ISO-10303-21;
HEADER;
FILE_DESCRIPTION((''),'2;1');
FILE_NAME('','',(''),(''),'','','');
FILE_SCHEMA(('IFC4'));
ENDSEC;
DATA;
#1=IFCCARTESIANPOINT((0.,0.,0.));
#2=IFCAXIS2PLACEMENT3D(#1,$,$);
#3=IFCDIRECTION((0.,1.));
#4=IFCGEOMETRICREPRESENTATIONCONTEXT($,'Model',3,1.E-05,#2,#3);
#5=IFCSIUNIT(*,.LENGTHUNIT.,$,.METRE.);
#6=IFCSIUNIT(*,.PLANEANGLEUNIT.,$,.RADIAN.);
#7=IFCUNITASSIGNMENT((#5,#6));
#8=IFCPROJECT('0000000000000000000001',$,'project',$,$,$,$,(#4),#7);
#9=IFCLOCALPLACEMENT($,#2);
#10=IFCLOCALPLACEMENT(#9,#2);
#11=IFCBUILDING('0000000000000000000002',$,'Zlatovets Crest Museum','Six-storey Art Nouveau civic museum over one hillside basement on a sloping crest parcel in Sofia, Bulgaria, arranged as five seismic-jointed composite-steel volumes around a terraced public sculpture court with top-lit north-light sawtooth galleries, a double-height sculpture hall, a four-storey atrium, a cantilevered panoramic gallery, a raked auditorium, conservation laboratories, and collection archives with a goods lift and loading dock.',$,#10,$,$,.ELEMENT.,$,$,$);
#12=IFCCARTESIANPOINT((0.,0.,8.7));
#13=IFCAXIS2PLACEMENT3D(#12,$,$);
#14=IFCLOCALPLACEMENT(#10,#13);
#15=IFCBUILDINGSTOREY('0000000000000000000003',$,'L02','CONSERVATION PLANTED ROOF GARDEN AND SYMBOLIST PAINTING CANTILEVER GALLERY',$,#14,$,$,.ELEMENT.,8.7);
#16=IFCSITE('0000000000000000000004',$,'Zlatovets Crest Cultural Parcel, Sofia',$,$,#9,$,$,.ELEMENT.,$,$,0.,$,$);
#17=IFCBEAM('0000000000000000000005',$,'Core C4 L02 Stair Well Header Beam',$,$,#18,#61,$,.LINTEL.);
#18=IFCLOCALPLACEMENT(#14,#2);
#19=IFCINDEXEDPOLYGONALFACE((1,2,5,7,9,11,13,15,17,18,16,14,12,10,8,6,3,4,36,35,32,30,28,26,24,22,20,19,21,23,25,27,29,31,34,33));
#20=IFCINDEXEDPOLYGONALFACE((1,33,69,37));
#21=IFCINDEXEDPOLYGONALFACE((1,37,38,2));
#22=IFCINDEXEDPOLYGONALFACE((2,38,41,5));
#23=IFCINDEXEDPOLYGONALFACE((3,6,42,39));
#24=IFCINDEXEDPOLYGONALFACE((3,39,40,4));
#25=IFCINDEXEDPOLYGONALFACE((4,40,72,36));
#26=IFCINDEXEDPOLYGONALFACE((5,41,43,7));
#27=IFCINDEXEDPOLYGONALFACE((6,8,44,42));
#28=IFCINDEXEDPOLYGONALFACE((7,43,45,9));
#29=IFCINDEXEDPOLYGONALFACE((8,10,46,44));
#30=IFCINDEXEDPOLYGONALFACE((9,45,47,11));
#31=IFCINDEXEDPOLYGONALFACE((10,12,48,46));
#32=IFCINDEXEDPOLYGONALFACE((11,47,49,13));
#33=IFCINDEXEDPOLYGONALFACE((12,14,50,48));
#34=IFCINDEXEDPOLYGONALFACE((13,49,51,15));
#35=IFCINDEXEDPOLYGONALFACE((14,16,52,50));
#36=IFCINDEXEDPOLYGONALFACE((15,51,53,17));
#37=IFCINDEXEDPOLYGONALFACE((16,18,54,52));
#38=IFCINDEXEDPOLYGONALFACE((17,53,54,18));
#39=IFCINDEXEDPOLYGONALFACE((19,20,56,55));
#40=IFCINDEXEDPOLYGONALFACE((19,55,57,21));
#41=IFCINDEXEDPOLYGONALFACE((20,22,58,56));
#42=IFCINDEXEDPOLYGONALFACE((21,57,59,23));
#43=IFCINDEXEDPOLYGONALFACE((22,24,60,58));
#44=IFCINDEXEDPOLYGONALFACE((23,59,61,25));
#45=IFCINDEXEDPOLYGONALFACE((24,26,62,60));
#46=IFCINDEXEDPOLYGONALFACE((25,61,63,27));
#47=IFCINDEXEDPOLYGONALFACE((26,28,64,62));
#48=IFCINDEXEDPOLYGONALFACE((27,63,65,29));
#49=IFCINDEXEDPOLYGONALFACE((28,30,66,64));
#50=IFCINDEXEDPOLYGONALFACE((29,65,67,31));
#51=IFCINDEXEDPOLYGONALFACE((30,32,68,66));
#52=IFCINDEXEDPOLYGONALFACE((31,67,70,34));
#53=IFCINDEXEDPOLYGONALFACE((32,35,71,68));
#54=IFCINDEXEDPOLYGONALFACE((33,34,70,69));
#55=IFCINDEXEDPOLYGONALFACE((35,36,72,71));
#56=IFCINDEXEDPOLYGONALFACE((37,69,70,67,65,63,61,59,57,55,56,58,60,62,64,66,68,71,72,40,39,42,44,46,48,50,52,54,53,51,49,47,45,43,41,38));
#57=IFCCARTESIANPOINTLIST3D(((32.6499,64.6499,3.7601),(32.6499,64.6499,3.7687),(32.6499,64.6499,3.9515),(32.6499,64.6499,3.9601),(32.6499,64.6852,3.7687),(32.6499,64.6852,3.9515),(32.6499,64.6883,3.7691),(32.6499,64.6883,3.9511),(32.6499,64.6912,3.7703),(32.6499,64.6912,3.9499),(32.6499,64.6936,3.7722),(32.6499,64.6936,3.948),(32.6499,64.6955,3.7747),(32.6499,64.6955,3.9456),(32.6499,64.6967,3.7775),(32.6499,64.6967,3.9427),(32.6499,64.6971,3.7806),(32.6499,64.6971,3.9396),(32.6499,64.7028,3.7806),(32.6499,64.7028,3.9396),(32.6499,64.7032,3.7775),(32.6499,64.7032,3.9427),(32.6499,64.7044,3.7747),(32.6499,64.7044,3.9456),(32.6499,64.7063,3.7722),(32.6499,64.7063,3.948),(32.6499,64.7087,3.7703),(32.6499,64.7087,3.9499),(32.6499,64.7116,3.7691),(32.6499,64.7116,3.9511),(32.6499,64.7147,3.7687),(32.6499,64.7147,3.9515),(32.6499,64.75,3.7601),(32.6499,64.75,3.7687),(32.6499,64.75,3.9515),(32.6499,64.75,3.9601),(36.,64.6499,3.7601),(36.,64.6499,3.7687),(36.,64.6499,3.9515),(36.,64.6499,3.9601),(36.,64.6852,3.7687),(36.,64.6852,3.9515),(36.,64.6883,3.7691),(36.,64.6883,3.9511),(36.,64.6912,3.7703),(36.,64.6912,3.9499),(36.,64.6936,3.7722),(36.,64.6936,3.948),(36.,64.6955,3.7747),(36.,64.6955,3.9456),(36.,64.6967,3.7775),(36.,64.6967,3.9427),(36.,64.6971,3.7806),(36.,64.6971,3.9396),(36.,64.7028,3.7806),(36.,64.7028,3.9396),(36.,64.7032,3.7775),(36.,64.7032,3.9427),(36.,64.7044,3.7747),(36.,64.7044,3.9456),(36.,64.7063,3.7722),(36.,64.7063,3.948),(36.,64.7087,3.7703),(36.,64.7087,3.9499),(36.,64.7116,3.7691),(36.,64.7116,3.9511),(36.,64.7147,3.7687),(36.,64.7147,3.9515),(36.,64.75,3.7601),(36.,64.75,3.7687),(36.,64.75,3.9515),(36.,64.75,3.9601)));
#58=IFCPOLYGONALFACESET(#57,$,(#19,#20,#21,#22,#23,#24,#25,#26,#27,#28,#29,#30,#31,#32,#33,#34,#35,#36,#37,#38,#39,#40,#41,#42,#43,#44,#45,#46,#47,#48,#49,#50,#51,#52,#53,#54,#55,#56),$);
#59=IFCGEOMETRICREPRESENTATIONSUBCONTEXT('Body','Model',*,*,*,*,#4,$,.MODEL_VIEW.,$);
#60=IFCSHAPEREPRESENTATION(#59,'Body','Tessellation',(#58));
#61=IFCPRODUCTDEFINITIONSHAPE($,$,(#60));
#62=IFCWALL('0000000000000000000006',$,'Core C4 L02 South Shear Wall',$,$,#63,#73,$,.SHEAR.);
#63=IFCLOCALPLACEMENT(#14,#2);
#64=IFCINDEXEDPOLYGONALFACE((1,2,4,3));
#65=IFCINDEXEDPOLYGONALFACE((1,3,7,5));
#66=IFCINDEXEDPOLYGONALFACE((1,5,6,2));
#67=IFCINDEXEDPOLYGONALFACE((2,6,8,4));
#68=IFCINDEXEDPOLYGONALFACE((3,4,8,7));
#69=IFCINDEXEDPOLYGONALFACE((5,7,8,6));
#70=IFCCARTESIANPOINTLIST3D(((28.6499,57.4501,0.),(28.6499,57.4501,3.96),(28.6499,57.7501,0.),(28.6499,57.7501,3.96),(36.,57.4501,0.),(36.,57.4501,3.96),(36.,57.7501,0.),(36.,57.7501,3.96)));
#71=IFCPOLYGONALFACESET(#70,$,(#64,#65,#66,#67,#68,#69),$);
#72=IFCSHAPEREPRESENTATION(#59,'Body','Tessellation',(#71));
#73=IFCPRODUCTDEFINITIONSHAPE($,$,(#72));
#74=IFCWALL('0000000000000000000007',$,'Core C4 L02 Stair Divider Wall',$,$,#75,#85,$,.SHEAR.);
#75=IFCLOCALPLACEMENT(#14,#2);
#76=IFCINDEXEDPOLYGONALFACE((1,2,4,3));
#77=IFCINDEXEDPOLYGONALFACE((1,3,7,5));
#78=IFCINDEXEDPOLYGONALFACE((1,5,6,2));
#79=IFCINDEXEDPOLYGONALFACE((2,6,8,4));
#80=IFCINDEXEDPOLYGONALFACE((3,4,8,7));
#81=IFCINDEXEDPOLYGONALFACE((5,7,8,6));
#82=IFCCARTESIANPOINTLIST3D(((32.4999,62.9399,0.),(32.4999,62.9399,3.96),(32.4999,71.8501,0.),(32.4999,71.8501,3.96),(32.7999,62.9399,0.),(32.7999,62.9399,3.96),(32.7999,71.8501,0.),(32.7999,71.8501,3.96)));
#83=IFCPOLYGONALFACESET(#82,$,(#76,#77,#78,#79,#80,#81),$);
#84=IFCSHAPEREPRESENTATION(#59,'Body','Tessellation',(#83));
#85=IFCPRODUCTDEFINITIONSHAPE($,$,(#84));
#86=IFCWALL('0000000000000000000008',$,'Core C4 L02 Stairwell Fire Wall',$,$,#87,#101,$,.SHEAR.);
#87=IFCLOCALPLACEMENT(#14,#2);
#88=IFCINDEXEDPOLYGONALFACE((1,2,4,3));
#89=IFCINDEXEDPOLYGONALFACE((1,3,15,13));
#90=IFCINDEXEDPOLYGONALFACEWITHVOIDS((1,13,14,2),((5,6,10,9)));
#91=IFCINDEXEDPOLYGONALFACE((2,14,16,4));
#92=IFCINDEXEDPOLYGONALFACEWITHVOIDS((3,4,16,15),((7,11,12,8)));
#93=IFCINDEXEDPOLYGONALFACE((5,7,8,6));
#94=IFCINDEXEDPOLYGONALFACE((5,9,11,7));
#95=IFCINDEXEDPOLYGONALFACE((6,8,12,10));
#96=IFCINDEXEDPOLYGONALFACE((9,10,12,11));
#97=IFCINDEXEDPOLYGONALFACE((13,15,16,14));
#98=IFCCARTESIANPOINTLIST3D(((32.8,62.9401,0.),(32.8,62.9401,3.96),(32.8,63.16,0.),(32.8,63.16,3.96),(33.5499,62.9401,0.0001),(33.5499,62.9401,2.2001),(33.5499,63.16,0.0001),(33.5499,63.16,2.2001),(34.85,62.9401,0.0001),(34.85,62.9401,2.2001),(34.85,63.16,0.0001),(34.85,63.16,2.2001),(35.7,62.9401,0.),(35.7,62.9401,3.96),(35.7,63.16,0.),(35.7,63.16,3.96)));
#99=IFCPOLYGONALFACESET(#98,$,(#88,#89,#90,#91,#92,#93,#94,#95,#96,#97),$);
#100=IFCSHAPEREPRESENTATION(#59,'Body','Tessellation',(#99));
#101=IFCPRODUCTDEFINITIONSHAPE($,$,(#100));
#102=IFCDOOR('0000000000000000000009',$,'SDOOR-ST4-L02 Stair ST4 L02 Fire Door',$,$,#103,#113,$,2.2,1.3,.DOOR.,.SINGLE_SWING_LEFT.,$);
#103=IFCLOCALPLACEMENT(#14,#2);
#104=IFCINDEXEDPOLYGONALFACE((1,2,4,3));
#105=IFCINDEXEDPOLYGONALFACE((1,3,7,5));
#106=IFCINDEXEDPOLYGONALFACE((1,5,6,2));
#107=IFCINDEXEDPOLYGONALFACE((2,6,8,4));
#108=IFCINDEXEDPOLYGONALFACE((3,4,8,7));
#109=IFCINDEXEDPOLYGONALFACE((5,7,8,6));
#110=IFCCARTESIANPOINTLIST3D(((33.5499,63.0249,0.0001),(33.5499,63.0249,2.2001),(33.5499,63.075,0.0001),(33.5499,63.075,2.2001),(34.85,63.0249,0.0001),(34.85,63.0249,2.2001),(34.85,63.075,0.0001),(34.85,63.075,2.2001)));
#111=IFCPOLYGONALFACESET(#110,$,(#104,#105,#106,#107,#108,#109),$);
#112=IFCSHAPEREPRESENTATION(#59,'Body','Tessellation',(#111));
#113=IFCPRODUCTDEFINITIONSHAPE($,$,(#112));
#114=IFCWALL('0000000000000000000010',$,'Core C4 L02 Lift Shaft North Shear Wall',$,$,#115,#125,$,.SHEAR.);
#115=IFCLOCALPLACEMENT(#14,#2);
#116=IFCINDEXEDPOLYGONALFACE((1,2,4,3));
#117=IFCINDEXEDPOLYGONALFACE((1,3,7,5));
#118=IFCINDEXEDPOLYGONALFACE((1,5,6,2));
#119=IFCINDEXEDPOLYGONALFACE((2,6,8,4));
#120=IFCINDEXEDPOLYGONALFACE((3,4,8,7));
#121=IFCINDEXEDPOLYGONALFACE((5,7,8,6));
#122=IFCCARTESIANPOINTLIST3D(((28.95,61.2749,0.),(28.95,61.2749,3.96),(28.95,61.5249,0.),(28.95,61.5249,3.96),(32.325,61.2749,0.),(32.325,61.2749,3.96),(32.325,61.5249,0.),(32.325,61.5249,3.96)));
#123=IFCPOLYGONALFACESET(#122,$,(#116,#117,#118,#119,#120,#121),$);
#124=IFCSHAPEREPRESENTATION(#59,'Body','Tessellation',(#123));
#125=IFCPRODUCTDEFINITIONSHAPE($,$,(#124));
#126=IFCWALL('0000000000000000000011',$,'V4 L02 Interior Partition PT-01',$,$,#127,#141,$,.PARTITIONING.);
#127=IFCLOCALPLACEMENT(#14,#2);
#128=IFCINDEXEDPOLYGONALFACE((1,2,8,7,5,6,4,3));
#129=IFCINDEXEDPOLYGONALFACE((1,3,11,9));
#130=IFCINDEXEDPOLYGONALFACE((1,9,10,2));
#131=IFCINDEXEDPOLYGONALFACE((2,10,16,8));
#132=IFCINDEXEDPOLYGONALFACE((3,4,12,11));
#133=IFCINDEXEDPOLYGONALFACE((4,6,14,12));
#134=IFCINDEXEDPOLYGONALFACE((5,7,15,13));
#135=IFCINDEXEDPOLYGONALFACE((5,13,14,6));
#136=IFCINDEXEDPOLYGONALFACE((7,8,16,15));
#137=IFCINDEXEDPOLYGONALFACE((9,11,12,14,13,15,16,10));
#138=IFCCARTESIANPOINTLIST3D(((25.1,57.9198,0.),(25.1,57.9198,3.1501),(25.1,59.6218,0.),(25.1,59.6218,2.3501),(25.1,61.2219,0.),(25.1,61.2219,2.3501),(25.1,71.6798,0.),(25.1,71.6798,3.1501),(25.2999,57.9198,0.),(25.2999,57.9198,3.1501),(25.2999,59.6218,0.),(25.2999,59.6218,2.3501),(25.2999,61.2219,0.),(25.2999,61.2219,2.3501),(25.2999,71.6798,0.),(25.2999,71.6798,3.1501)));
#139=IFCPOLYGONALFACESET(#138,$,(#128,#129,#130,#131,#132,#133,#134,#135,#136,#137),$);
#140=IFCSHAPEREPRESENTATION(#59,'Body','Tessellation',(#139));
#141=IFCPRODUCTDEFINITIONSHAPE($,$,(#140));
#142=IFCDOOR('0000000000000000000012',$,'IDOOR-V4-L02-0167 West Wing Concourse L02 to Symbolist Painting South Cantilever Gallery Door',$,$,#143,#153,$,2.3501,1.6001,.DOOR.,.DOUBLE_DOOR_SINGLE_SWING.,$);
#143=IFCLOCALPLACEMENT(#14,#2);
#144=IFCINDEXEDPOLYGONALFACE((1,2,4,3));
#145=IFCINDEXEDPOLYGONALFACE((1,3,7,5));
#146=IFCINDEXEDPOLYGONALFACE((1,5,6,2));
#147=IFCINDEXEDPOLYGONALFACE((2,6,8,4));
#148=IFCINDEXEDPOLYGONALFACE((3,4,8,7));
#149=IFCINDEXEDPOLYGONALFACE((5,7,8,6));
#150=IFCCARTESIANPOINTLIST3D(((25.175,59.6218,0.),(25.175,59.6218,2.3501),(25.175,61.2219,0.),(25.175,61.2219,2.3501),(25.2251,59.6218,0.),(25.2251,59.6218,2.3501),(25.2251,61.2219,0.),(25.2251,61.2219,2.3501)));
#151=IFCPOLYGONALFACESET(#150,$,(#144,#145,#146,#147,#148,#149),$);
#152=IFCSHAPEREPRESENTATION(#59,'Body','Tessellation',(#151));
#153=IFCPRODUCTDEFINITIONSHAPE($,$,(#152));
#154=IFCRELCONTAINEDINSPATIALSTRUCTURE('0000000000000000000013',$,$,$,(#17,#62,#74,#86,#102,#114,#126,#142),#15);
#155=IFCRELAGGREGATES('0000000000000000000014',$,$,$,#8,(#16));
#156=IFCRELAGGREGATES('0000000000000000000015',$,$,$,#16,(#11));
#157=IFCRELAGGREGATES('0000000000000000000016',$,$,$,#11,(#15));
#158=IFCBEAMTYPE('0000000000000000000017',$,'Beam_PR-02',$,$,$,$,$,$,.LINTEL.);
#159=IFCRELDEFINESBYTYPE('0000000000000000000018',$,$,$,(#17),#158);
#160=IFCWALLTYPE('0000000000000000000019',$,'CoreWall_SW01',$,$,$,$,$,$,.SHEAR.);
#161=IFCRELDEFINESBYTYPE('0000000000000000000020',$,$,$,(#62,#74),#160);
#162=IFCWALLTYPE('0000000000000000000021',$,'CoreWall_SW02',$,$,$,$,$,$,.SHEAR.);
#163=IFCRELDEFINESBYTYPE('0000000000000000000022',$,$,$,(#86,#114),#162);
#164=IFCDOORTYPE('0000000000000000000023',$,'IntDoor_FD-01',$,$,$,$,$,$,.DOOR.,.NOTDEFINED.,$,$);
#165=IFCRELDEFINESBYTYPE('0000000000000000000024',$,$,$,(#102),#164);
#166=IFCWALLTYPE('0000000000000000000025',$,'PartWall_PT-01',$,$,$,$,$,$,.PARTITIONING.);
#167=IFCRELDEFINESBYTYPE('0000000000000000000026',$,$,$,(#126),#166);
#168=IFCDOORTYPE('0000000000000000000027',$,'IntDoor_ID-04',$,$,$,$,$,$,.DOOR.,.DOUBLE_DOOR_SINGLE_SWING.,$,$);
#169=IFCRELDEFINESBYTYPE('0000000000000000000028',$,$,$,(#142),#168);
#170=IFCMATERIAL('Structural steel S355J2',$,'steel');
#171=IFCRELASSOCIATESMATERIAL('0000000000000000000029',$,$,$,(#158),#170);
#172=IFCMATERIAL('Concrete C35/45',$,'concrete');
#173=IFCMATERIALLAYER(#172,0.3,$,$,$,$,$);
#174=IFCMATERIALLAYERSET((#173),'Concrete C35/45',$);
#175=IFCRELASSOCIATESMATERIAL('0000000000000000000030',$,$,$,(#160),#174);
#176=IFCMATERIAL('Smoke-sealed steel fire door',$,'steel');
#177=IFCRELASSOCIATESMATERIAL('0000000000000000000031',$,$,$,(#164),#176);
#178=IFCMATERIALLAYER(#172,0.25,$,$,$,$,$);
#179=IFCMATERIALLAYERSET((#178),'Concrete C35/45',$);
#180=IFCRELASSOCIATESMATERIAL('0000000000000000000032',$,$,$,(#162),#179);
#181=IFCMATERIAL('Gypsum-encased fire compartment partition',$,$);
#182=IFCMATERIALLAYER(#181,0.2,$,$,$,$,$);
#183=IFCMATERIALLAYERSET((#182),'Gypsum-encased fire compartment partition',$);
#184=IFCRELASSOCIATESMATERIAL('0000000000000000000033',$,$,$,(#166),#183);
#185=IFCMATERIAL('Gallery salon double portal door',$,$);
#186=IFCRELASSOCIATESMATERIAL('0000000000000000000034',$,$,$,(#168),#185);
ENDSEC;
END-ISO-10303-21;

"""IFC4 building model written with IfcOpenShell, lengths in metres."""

from ifc_helpers import new_model, si_unit, direction, frame, frame_2d, origin, origin_2d, place, context, subcontext, project, spatial, rectangle, i_section, extrude, material, layer, layer_set, material_profile, profile_set, type_object, element, fill, save


model = new_model("IFC4")

# Units and contexts
model_context = context("Model", 3, precision=1e-05, world=origin(), true_north=direction((0.0, 1.0)))
body_context = subcontext(model_context, "Body", "Model", "MODEL_VIEW")
ifc_project = project(units=[si_unit("LENGTHUNIT", "METRE"), si_unit("PLANEANGLEUNIT", "RADIAN")], contexts=[model_context])

# Site, building, storey
site_placement = place(None, origin())
site = spatial("IfcSite", under=ifc_project, at=site_placement, Name="Zlatovets Crest Cultural Parcel, Sofia", CompositionType="ELEMENT", RefElevation=0.0)
building_placement = place(site_placement, origin())
building = spatial("IfcBuilding", under=site, at=building_placement, Name="Zlatovets Crest Museum", Description="Six-storey Art Nouveau civic museum over one hillside basement on a sloping crest parcel in Sofia, Bulgaria, arranged as five seismic-jointed composite-steel volumes around a terraced public sculpture court with top-lit north-light sawtooth galleries, a double-height sculpture hall, a four-storey atrium, a cantilevered panoramic gallery, a raked auditorium, conservation laboratories, and collection archives with a goods lift and loading dock.", CompositionType="ELEMENT")
storey_placement = place(building_placement, frame((0.0, 0.0, 8.7)))
storey = spatial("IfcBuildingStorey", under=building, at=storey_placement, Name="L02", Description="CONSERVATION PLANTED ROOF GARDEN AND SYMBOLIST PAINTING CANTILEVER GALLERY", CompositionType="ELEMENT", Elevation=8.7)

# Shared definitions
ifc_material_1 = material(Name="Structural steel S355J2", Category="steel")

# Beam
ifc_material_profile_1 = material_profile(ifc_material_1, i_section(OverallWidth=0.1001, OverallDepth=0.2, WebThickness=0.0056, FlangeThickness=0.0085, FilletRadius=0.012, at=origin_2d()), Name="IPE 200")
ifc_profile_set_1 = profile_set([ifc_material_profile_1], Name="Structural steel S355J2")
beam_type_1 = type_object("IfcBeamType", Name="Beam_PR-02", PredefinedType="LINTEL", material=ifc_profile_set_1)
beam_1_placement = place(storey_placement, frame((32.6499, 64.7, 3.8601), z_axis=(1.0, 0.0, 0.0), x_axis=(0.0, 1.0, 0.0)))
element("IfcBeam", 1, at=beam_1_placement, inside=storey, type_object=beam_type_1, Name="Core C4 L02 Stair Well Header Beam", PredefinedType="LINTEL", context=body_context, shape_type="SweptSolid", body=[
    extrude(i_section(OverallWidth=0.1001, OverallDepth=0.2, WebThickness=0.0056, FlangeThickness=0.0085, FilletRadius=0.012, at=origin_2d()), origin(), (0.0, 0.0, 1.0), 3.3501),
])

# Wall
ifc_material_2 = material(Name="Concrete C35/45", Category="concrete")
ifc_layer_1 = layer(ifc_material_2, 0.3)
ifc_layer_set_1 = layer_set([ifc_layer_1], Name="Concrete C35/45")
wall_type_1 = type_object("IfcWallType", Name="CoreWall_SW01", PredefinedType="SHEAR", material=ifc_layer_set_1)
wall_1_placement = place(storey_placement, frame((28.6499, 57.6001, 0.0), z_axis=(0.0, 0.0, 1.0), x_axis=(1.0, 0.0, 0.0)))
element("IfcWall", 2, at=wall_1_placement, inside=storey, type_object=wall_type_1, Name="Core C4 L02 South Shear Wall", PredefinedType="SHEAR", context=body_context, shape_type="SweptSolid", body=[
    extrude(rectangle(XDim=7.3501, YDim=0.3, at=frame_2d((3.675, 0.0))), origin(), (0.0, 0.0, 1.0), 3.96),
])

# Shared definitions
ifc_material_3 = material(Name="Smoke-sealed steel fire door", Category="steel")
door_type_1 = type_object("IfcDoorType", Name="IntDoor_FD-01", OperationType="NOTDEFINED", PredefinedType="DOOR", material=ifc_material_3)

# Wall
wall_2_placement = place(storey_placement, frame((32.6499, 62.9399, 0.0), z_axis=(0.0, 0.0, 1.0), x_axis=(0.0, 1.0, 0.0)))
element("IfcWall", 3, at=wall_2_placement, inside=storey, type_object=wall_type_1, Name="Core C4 L02 Stair Divider Wall", PredefinedType="SHEAR", context=body_context, shape_type="SweptSolid", body=[
    extrude(rectangle(XDim=8.9102, YDim=0.3, at=frame_2d((4.4551, 0.0))), origin(), (0.0, 0.0, 1.0), 3.96),
])

# Wall, opening, door
ifc_layer_2 = layer(ifc_material_2, 0.25)
ifc_layer_set_2 = layer_set([ifc_layer_2], Name="Concrete C35/45")
wall_type_2 = type_object("IfcWallType", Name="CoreWall_SW02", PredefinedType="SHEAR", material=ifc_layer_set_2)
wall_3_placement = place(storey_placement, frame((32.8, 63.05, 0.0), z_axis=(0.0, 0.0, 1.0), x_axis=(1.0, 0.0, 0.0)))
wall_3 = element("IfcWall", 4, at=wall_3_placement, inside=storey, type_object=wall_type_2, Name="Core C4 L02 Stairwell Fire Wall", PredefinedType="SHEAR", context=body_context, shape_type="SweptSolid", body=[
    extrude(rectangle(XDim=2.8999, YDim=0.22, at=frame_2d((1.45, 0.0))), origin(), (0.0, 0.0, 1.0), 3.96),
])
opening_1_placement = place(wall_3_placement, frame((0.75, 0.0, 0.0)))
opening_1 = element("IfcOpeningElement", 5, at=opening_1_placement, cuts=wall_3, PredefinedType="OPENING", context=body_context, shape_type="SweptSolid", body=[
    extrude(rectangle(XDim=1.3, YDim=2.2, at=frame_2d((0.6499, 1.1001))), frame((0.0, 0.1201, 0.0), z_axis=(0.0, -1.0, 0.0), x_axis=(1.0, 0.0, 0.0)), (0.0, 0.0, 1.0), 0.24),
])
door_1_placement = place(opening_1_placement, origin())
door_1 = element("IfcDoor", 6, at=door_1_placement, inside=storey, type_object=door_type_1, Name="SDOOR-ST4-L02 Stair ST4 L02 Fire Door", OperationType="SINGLE_SWING_LEFT", OverallHeight=2.2, OverallWidth=1.3, PredefinedType="DOOR", context=body_context, shape_type="SweptSolid", body=[
    extrude(rectangle(XDim=1.3, YDim=2.2, at=frame_2d((0.6499, 1.1001))), frame((0.0, 0.0249, 0.0), z_axis=(0.0, -1.0, 0.0), x_axis=(1.0, 0.0, 0.0)), (0.0, 0.0, 1.0), 0.05),
])
fill(opening_1, door_1)

# Wall
wall_4_placement = place(storey_placement, frame((28.95, 61.3999, 0.0), z_axis=(0.0, 0.0, 1.0), x_axis=(1.0, 0.0, 0.0)))
element("IfcWall", 7, at=wall_4_placement, inside=storey, type_object=wall_type_2, Name="Core C4 L02 Lift Shaft North Shear Wall", PredefinedType="SHEAR", context=body_context, shape_type="SweptSolid", body=[
    extrude(rectangle(XDim=3.375, YDim=0.25, at=frame_2d((1.6875, 0.0))), origin(), (0.0, 0.0, 1.0), 3.96),
])

# Wall, opening, door
ifc_material_4 = material(Name="Gypsum-encased fire compartment partition")
ifc_layer_3 = layer(ifc_material_4, 0.2)
ifc_layer_set_3 = layer_set([ifc_layer_3], Name="Gypsum-encased fire compartment partition")
wall_type_3 = type_object("IfcWallType", Name="PartWall_PT-01", PredefinedType="PARTITIONING", material=ifc_layer_set_3)
wall_5_placement = place(storey_placement, frame((25.2, 57.9199, 0.0), z_axis=(0.0, 0.0, 1.0), x_axis=(0.0, 1.0, 0.0)))
wall_5 = element("IfcWall", 8, at=wall_5_placement, inside=storey, type_object=wall_type_3, Name="V4 L02 Interior Partition PT-01", PredefinedType="PARTITIONING", context=body_context, shape_type="SweptSolid", body=[
    extrude(rectangle(XDim=13.76, YDim=0.2, at=frame_2d((6.8799, 0.0))), origin(), (0.0, 0.0, 1.0), 3.1501),
])
opening_2_placement = place(wall_5_placement, frame((1.7019, 0.0, 0.0)))
opening_2 = element("IfcOpeningElement", 9, at=opening_2_placement, cuts=wall_5, PredefinedType="OPENING", context=body_context, shape_type="SweptSolid", body=[
    extrude(rectangle(XDim=1.6001, YDim=2.3501, at=frame_2d((0.8, 1.175))), frame((0.0, 0.1099, 0.0), z_axis=(0.0, -1.0, 0.0), x_axis=(1.0, 0.0, 0.0)), (0.0, 0.0, 1.0), 0.22),
])
ifc_material_5 = material(Name="Gallery salon double portal door")
door_type_2 = type_object("IfcDoorType", Name="IntDoor_ID-04", OperationType="DOUBLE_DOOR_SINGLE_SWING", PredefinedType="DOOR", material=ifc_material_5)
door_2_placement = place(opening_2_placement, origin())
door_2 = element("IfcDoor", 10, at=door_2_placement, inside=storey, type_object=door_type_2, Name="IDOOR-V4-L02-0167 West Wing Concourse L02 to Symbolist Painting South Cantilever Gallery Door", OperationType="DOUBLE_DOOR_SINGLE_SWING", OverallHeight=2.3501, OverallWidth=1.6001, PredefinedType="DOOR", context=body_context, shape_type="SweptSolid", body=[
    extrude(rectangle(XDim=1.6001, YDim=2.3501, at=frame_2d((0.8, 1.175))), frame((0.0, 0.0249, 0.0), z_axis=(0.0, -1.0, 0.0), x_axis=(1.0, 0.0, 0.0)), (0.0, 0.0, 1.0), 0.05),
])
fill(opening_2, door_2)

save(model, "model.ifc")
